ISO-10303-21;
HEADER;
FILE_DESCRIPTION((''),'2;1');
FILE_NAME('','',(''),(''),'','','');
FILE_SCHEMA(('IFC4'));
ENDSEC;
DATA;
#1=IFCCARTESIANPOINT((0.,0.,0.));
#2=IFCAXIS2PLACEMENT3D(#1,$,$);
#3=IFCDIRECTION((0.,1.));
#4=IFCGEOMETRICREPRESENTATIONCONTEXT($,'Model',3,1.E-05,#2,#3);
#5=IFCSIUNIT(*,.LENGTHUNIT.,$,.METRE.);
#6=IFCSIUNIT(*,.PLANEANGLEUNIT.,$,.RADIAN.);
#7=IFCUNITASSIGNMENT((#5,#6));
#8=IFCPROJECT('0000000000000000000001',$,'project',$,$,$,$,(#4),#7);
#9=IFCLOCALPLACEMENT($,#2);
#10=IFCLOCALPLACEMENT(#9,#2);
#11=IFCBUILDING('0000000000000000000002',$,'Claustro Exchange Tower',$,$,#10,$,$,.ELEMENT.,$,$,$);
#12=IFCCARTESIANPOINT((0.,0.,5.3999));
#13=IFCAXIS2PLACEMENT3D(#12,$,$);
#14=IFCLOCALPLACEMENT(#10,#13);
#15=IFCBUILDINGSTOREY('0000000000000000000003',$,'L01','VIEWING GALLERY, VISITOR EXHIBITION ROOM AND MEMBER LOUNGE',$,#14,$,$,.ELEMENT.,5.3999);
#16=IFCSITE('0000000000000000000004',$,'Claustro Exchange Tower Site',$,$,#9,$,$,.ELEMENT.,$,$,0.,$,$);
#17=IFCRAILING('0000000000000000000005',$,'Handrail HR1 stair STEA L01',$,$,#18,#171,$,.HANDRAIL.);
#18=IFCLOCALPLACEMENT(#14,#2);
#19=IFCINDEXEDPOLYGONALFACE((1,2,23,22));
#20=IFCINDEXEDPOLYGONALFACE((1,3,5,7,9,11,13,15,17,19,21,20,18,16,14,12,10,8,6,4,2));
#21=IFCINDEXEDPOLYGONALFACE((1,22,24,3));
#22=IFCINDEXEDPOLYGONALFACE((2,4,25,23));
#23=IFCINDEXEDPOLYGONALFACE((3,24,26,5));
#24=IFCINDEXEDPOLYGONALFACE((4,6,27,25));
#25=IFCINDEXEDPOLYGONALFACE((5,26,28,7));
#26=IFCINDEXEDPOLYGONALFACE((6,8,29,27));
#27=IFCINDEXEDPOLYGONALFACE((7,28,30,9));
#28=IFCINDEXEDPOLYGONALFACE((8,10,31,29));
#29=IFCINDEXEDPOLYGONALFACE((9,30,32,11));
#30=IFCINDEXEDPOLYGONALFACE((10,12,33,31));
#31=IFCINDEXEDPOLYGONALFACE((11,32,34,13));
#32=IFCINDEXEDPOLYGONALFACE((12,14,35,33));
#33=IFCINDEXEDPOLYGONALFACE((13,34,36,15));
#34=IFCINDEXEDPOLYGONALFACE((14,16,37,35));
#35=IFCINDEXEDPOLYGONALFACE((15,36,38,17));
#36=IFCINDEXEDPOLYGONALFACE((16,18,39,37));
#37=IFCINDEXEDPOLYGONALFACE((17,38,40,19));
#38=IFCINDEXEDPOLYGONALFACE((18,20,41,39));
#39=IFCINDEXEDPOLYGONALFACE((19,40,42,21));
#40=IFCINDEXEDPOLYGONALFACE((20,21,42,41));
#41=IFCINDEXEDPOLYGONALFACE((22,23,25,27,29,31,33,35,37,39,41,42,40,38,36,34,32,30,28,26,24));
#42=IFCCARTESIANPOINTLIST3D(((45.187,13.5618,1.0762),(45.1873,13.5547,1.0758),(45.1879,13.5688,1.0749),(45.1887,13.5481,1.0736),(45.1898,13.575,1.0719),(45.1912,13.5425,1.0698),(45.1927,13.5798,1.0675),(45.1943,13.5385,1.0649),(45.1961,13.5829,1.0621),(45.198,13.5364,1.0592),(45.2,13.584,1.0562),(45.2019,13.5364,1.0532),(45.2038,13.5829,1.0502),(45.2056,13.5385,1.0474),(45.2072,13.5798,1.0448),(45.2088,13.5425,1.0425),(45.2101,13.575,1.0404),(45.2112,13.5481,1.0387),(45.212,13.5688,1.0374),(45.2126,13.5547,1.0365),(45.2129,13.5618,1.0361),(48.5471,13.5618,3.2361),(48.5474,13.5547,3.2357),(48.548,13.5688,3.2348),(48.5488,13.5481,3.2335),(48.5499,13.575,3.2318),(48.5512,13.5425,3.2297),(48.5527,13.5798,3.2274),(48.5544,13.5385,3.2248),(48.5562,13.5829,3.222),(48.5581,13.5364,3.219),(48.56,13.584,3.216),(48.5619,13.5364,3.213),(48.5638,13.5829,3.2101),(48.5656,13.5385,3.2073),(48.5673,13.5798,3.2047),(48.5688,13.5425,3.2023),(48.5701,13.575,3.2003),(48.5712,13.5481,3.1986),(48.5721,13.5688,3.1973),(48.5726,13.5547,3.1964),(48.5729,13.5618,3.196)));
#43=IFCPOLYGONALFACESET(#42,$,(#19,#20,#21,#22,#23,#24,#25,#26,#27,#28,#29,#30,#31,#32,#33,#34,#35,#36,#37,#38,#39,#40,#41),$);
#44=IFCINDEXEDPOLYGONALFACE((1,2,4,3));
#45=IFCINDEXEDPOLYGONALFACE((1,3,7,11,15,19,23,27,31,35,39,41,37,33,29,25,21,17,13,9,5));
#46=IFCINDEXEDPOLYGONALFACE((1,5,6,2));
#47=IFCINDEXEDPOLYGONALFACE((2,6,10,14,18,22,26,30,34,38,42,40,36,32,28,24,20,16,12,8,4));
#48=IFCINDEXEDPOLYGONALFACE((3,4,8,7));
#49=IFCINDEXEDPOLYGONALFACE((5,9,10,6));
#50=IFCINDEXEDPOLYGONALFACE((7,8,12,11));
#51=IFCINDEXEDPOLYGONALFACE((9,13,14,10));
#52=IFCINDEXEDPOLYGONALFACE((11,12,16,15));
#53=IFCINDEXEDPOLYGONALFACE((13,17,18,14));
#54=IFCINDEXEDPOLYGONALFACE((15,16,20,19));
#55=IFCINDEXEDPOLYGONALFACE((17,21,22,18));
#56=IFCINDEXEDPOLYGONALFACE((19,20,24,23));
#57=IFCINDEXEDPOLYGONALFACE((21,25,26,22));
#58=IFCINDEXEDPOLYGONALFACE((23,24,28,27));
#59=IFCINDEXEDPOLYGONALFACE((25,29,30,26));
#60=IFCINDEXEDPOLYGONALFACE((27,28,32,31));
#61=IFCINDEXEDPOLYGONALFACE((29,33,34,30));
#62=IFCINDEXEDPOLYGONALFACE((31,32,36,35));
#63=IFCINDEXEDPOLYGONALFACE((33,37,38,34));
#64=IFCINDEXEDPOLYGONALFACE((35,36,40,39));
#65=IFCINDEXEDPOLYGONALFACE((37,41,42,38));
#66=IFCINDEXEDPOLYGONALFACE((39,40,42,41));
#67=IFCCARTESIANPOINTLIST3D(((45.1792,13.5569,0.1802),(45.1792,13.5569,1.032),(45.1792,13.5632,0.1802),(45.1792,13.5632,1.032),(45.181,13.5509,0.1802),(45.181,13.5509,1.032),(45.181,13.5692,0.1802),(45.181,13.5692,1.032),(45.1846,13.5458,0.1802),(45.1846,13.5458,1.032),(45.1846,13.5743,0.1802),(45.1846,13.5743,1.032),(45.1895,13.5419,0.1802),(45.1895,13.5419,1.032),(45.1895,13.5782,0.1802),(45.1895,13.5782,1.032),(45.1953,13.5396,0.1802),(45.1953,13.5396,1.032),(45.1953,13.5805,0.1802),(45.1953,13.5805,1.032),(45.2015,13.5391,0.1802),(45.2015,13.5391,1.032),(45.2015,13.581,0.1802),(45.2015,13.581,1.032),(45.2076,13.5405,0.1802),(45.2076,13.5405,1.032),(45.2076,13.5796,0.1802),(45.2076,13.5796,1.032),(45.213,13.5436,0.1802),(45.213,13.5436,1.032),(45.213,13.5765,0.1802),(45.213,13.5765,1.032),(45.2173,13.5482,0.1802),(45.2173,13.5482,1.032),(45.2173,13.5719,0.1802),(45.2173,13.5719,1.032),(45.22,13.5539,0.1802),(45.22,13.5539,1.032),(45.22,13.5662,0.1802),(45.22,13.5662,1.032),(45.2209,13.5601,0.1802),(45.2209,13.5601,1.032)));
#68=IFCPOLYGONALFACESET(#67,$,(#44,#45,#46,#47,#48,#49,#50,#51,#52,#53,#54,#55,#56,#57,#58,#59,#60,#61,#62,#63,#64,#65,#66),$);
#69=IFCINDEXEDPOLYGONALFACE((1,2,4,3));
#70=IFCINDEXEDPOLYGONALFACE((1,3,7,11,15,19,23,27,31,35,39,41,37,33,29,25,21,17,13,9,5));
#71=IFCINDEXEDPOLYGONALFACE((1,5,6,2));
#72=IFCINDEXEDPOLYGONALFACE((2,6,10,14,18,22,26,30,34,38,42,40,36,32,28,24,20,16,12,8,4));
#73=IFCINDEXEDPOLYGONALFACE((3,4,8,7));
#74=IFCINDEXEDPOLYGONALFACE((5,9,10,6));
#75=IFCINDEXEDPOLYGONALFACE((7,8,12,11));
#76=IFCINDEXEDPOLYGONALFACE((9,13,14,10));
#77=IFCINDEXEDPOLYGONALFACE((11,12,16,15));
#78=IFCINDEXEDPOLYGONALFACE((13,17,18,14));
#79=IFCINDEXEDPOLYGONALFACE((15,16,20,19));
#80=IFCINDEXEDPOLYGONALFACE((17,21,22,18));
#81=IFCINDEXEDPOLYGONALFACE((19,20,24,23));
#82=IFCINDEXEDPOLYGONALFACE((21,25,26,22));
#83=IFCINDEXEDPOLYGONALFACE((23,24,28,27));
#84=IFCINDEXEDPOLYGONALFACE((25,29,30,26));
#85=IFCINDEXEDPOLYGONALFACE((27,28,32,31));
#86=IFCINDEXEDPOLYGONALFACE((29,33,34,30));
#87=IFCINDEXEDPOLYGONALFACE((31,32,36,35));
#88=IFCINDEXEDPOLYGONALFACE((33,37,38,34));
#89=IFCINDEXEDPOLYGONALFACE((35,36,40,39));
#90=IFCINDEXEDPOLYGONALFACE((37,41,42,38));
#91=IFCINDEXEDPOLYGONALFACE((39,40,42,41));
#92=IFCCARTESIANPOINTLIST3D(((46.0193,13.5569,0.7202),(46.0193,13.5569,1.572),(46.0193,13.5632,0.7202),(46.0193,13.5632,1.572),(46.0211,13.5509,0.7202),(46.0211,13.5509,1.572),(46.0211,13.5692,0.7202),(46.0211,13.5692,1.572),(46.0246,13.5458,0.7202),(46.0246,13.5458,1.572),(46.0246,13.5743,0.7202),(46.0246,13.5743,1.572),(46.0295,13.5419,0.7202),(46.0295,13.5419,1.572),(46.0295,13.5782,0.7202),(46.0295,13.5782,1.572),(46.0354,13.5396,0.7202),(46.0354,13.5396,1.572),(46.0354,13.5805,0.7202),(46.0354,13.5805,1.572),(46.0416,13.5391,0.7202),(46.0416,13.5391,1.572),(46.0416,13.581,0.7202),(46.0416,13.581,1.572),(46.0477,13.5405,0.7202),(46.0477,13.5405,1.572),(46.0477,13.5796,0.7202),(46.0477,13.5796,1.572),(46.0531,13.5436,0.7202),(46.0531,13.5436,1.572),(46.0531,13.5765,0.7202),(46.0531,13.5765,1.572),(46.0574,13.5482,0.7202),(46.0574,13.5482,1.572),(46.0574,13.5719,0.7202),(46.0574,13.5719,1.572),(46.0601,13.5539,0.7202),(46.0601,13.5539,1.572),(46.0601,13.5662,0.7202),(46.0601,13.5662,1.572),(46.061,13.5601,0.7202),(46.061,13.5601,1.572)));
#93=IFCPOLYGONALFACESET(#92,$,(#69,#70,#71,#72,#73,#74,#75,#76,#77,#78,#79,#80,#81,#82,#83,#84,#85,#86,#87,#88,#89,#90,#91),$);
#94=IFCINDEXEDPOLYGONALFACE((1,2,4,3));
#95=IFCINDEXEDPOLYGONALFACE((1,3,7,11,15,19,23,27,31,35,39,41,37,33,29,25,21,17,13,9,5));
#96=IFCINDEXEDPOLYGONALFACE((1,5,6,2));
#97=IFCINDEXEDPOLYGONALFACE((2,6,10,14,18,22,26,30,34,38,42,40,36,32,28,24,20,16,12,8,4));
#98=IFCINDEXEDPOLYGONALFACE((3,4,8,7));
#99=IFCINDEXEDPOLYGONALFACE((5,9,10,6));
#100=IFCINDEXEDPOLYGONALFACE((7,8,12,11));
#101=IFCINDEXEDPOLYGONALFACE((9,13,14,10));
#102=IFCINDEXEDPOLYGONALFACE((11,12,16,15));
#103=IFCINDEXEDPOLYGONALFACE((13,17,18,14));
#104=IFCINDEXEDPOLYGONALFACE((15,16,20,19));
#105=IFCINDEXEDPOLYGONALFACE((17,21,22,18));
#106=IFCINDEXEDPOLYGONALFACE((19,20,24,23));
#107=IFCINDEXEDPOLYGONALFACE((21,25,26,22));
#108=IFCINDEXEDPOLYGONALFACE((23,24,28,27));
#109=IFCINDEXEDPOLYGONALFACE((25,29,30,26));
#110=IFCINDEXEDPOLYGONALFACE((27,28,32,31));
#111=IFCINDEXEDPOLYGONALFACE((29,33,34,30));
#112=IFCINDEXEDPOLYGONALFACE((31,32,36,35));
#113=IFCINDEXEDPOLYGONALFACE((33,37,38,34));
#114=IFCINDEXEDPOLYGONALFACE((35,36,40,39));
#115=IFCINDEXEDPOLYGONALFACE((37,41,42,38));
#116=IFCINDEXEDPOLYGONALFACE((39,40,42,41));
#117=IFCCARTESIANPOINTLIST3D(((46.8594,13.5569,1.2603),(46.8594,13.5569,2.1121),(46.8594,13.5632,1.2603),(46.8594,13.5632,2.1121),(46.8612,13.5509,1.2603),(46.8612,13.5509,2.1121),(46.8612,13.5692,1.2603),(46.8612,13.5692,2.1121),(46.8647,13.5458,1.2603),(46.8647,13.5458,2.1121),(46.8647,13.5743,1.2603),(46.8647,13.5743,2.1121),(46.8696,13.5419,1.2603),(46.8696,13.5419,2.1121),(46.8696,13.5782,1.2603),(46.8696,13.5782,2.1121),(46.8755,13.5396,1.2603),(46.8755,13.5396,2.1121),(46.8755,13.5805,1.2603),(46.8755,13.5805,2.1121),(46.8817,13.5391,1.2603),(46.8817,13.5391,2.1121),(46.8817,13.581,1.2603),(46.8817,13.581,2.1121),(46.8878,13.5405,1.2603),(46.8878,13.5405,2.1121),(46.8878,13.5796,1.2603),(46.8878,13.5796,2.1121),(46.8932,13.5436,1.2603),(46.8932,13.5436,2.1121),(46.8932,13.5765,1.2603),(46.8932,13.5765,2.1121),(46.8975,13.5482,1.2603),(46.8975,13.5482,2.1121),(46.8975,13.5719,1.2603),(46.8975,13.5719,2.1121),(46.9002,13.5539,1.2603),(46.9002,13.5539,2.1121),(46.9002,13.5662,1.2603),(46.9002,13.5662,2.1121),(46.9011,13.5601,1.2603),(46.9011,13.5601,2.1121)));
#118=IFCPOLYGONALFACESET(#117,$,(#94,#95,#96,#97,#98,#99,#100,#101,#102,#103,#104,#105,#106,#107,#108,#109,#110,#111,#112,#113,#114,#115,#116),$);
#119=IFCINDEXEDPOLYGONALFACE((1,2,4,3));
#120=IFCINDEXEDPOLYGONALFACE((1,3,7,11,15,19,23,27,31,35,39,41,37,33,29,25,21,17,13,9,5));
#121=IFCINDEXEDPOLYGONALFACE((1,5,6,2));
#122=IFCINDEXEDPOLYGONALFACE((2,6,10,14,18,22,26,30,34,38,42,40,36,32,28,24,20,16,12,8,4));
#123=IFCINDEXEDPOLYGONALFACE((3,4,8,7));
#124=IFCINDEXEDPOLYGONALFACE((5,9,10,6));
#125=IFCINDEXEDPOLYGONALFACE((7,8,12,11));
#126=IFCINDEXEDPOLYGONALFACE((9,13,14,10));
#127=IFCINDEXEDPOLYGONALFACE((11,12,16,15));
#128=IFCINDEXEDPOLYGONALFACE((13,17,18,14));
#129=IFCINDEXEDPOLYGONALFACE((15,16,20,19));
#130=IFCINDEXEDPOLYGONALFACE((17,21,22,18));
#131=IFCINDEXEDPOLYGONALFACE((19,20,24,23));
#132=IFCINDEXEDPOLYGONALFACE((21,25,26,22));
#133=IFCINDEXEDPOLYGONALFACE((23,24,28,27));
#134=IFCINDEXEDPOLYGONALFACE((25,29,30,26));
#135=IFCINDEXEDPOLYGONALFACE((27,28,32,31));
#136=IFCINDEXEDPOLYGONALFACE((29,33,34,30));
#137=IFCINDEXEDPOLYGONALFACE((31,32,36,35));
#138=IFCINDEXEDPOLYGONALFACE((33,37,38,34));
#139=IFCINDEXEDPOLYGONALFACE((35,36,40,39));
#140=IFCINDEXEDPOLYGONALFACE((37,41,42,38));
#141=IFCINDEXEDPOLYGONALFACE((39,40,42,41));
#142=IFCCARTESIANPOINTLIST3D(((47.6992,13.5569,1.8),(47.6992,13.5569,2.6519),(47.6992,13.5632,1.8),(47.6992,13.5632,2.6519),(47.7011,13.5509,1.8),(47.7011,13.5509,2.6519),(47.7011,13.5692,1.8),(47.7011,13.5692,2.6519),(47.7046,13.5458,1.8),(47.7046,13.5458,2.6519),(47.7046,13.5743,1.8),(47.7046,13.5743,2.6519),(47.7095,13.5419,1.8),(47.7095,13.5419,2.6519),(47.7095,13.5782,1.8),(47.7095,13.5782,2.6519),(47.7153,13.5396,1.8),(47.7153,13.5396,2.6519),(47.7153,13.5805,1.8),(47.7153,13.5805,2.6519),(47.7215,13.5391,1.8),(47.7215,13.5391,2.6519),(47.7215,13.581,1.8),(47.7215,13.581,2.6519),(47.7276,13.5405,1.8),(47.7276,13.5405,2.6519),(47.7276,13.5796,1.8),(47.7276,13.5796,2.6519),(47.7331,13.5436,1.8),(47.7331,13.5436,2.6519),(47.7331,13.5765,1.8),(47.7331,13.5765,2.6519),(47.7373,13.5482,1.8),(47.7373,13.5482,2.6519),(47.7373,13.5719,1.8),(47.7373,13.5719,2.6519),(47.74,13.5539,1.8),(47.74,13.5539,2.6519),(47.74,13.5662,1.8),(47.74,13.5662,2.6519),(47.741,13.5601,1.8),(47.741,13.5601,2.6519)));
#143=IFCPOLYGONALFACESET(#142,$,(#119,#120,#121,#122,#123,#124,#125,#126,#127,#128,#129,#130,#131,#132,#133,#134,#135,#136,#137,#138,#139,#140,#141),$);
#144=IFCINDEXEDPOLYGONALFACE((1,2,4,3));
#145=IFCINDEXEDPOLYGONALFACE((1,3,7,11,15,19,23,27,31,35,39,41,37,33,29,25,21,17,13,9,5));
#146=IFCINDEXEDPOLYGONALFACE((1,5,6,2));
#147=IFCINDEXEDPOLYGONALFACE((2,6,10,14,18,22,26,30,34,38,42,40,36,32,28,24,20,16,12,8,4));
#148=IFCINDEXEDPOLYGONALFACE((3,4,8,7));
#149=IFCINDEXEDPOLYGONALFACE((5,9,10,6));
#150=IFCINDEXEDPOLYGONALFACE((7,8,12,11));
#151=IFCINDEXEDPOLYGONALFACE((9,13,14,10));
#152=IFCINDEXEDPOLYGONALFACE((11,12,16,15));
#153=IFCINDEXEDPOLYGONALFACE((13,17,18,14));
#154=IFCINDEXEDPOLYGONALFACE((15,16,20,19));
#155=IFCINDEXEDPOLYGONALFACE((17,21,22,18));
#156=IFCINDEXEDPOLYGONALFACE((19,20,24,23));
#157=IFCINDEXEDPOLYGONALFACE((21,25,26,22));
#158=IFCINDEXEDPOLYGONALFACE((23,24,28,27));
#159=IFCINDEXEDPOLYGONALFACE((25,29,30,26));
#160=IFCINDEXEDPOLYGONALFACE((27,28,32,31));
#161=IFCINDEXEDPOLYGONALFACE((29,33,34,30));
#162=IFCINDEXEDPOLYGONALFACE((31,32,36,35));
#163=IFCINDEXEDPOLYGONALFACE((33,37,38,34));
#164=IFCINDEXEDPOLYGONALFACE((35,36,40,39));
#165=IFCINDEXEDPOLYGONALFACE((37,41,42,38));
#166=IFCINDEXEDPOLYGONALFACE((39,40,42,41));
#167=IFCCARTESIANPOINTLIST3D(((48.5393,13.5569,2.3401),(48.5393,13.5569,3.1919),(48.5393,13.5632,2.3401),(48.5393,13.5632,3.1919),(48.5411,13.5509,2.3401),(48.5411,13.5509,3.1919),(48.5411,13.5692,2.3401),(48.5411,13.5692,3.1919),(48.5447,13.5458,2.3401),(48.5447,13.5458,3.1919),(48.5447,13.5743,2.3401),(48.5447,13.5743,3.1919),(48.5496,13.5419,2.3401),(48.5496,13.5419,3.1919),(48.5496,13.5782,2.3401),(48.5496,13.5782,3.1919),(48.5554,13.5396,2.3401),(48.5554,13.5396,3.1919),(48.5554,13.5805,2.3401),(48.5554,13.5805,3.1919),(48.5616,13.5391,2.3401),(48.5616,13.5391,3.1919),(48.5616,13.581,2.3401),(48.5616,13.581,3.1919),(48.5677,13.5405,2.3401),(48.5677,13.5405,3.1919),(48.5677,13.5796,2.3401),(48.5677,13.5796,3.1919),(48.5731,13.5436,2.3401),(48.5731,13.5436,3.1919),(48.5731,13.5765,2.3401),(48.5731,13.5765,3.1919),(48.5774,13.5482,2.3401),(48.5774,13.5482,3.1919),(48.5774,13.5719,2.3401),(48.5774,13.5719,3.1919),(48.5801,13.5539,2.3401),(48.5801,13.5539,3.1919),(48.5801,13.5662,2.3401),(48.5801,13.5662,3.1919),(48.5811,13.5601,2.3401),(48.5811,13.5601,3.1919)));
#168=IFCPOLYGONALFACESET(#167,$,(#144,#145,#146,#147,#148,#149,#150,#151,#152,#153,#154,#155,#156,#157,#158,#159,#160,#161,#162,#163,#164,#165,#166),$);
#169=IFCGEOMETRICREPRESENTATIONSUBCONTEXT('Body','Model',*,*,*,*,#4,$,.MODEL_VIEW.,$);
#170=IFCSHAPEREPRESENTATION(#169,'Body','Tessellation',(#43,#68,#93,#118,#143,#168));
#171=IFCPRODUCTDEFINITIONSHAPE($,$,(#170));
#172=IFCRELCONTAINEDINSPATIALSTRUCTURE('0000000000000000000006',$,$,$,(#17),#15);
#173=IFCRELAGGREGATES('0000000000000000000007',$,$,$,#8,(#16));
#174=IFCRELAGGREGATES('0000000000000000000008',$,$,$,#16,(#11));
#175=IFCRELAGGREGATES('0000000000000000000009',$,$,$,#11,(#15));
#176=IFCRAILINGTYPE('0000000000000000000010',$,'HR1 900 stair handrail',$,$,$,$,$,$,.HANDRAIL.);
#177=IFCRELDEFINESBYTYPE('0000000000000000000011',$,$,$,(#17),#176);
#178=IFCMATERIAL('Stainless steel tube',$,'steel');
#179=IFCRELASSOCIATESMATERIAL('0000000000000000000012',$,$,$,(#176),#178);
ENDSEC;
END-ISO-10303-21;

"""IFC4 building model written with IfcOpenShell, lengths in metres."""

from ifc_helpers import new_model, si_unit, direction, frame, origin, origin_2d, place, context, subcontext, project, spatial, circle, extrude, material, type_object, element, save


model = new_model("IFC4")

# Units and contexts
model_context = context("Model", 3, precision=1e-05, world=origin(), true_north=direction((0.0, 1.0)))
body_context = subcontext(model_context, "Body", "Model", "MODEL_VIEW")
ifc_project = project(units=[si_unit("LENGTHUNIT", "METRE"), si_unit("PLANEANGLEUNIT", "RADIAN")], contexts=[model_context])

# Site, building, storey
site_placement = place(None, origin())
site = spatial("IfcSite", under=ifc_project, at=site_placement, Name="Claustro Exchange Tower Site", CompositionType="ELEMENT", RefElevation=0.0)
building_placement = place(site_placement, origin())
building = spatial("IfcBuilding", under=site, at=building_placement, Name="Claustro Exchange Tower", CompositionType="ELEMENT")
storey_placement = place(building_placement, frame((0.0, 0.0, 5.3999)))
storey = spatial("IfcBuildingStorey", under=building, at=storey_placement, Name="L01", Description="VIEWING GALLERY, VISITOR EXHIBITION ROOM AND MEMBER LOUNGE", CompositionType="ELEMENT", Elevation=5.3999)

# Railing
ifc_material_1 = material(Name="Stainless steel tube", Category="steel")
railing_type_1 = type_object("IfcRailingType", Name="HR1 900 stair handrail", PredefinedType="HANDRAIL", material=ifc_material_1)
railing_1_placement = place(storey_placement, frame((45.2, 13.5601, 0.1802)))
element("IfcRailing", 1, at=railing_1_placement, inside=storey, type_object=railing_type_1, Name="Handrail HR1 stair STEA L01", PredefinedType="HANDRAIL", context=body_context, shape_type="SweptSolid", body=[
    extrude(circle(Radius=0.0239, at=origin_2d()), frame((0.0, 0.0, 0.876), z_axis=(0.841196, 0.0, 0.54073), x_axis=(0.0, 1.0, 0.0)), (0.0, 0.0, 1.0), 3.9944),
    extrude(circle(Radius=0.021, at=origin_2d()), origin(), (0.0, 0.0, 1.0), 0.8518),
    extrude(circle(Radius=0.021, at=origin_2d()), frame((0.8401, 0.0, 0.54)), (0.0, 0.0, 1.0), 0.8518),
    extrude(circle(Radius=0.021, at=origin_2d()), frame((1.6802, 0.0, 1.0801)), (0.0, 0.0, 1.0), 0.8518),
    extrude(circle(Radius=0.021, at=origin_2d()), frame((2.52, 0.0, 1.6199)), (0.0, 0.0, 1.0), 0.8518),
    extrude(circle(Radius=0.021, at=origin_2d()), frame((3.3601, 0.0, 2.1599)), (0.0, 0.0, 1.0), 0.8518),
])

save(model, "model.ifc")
